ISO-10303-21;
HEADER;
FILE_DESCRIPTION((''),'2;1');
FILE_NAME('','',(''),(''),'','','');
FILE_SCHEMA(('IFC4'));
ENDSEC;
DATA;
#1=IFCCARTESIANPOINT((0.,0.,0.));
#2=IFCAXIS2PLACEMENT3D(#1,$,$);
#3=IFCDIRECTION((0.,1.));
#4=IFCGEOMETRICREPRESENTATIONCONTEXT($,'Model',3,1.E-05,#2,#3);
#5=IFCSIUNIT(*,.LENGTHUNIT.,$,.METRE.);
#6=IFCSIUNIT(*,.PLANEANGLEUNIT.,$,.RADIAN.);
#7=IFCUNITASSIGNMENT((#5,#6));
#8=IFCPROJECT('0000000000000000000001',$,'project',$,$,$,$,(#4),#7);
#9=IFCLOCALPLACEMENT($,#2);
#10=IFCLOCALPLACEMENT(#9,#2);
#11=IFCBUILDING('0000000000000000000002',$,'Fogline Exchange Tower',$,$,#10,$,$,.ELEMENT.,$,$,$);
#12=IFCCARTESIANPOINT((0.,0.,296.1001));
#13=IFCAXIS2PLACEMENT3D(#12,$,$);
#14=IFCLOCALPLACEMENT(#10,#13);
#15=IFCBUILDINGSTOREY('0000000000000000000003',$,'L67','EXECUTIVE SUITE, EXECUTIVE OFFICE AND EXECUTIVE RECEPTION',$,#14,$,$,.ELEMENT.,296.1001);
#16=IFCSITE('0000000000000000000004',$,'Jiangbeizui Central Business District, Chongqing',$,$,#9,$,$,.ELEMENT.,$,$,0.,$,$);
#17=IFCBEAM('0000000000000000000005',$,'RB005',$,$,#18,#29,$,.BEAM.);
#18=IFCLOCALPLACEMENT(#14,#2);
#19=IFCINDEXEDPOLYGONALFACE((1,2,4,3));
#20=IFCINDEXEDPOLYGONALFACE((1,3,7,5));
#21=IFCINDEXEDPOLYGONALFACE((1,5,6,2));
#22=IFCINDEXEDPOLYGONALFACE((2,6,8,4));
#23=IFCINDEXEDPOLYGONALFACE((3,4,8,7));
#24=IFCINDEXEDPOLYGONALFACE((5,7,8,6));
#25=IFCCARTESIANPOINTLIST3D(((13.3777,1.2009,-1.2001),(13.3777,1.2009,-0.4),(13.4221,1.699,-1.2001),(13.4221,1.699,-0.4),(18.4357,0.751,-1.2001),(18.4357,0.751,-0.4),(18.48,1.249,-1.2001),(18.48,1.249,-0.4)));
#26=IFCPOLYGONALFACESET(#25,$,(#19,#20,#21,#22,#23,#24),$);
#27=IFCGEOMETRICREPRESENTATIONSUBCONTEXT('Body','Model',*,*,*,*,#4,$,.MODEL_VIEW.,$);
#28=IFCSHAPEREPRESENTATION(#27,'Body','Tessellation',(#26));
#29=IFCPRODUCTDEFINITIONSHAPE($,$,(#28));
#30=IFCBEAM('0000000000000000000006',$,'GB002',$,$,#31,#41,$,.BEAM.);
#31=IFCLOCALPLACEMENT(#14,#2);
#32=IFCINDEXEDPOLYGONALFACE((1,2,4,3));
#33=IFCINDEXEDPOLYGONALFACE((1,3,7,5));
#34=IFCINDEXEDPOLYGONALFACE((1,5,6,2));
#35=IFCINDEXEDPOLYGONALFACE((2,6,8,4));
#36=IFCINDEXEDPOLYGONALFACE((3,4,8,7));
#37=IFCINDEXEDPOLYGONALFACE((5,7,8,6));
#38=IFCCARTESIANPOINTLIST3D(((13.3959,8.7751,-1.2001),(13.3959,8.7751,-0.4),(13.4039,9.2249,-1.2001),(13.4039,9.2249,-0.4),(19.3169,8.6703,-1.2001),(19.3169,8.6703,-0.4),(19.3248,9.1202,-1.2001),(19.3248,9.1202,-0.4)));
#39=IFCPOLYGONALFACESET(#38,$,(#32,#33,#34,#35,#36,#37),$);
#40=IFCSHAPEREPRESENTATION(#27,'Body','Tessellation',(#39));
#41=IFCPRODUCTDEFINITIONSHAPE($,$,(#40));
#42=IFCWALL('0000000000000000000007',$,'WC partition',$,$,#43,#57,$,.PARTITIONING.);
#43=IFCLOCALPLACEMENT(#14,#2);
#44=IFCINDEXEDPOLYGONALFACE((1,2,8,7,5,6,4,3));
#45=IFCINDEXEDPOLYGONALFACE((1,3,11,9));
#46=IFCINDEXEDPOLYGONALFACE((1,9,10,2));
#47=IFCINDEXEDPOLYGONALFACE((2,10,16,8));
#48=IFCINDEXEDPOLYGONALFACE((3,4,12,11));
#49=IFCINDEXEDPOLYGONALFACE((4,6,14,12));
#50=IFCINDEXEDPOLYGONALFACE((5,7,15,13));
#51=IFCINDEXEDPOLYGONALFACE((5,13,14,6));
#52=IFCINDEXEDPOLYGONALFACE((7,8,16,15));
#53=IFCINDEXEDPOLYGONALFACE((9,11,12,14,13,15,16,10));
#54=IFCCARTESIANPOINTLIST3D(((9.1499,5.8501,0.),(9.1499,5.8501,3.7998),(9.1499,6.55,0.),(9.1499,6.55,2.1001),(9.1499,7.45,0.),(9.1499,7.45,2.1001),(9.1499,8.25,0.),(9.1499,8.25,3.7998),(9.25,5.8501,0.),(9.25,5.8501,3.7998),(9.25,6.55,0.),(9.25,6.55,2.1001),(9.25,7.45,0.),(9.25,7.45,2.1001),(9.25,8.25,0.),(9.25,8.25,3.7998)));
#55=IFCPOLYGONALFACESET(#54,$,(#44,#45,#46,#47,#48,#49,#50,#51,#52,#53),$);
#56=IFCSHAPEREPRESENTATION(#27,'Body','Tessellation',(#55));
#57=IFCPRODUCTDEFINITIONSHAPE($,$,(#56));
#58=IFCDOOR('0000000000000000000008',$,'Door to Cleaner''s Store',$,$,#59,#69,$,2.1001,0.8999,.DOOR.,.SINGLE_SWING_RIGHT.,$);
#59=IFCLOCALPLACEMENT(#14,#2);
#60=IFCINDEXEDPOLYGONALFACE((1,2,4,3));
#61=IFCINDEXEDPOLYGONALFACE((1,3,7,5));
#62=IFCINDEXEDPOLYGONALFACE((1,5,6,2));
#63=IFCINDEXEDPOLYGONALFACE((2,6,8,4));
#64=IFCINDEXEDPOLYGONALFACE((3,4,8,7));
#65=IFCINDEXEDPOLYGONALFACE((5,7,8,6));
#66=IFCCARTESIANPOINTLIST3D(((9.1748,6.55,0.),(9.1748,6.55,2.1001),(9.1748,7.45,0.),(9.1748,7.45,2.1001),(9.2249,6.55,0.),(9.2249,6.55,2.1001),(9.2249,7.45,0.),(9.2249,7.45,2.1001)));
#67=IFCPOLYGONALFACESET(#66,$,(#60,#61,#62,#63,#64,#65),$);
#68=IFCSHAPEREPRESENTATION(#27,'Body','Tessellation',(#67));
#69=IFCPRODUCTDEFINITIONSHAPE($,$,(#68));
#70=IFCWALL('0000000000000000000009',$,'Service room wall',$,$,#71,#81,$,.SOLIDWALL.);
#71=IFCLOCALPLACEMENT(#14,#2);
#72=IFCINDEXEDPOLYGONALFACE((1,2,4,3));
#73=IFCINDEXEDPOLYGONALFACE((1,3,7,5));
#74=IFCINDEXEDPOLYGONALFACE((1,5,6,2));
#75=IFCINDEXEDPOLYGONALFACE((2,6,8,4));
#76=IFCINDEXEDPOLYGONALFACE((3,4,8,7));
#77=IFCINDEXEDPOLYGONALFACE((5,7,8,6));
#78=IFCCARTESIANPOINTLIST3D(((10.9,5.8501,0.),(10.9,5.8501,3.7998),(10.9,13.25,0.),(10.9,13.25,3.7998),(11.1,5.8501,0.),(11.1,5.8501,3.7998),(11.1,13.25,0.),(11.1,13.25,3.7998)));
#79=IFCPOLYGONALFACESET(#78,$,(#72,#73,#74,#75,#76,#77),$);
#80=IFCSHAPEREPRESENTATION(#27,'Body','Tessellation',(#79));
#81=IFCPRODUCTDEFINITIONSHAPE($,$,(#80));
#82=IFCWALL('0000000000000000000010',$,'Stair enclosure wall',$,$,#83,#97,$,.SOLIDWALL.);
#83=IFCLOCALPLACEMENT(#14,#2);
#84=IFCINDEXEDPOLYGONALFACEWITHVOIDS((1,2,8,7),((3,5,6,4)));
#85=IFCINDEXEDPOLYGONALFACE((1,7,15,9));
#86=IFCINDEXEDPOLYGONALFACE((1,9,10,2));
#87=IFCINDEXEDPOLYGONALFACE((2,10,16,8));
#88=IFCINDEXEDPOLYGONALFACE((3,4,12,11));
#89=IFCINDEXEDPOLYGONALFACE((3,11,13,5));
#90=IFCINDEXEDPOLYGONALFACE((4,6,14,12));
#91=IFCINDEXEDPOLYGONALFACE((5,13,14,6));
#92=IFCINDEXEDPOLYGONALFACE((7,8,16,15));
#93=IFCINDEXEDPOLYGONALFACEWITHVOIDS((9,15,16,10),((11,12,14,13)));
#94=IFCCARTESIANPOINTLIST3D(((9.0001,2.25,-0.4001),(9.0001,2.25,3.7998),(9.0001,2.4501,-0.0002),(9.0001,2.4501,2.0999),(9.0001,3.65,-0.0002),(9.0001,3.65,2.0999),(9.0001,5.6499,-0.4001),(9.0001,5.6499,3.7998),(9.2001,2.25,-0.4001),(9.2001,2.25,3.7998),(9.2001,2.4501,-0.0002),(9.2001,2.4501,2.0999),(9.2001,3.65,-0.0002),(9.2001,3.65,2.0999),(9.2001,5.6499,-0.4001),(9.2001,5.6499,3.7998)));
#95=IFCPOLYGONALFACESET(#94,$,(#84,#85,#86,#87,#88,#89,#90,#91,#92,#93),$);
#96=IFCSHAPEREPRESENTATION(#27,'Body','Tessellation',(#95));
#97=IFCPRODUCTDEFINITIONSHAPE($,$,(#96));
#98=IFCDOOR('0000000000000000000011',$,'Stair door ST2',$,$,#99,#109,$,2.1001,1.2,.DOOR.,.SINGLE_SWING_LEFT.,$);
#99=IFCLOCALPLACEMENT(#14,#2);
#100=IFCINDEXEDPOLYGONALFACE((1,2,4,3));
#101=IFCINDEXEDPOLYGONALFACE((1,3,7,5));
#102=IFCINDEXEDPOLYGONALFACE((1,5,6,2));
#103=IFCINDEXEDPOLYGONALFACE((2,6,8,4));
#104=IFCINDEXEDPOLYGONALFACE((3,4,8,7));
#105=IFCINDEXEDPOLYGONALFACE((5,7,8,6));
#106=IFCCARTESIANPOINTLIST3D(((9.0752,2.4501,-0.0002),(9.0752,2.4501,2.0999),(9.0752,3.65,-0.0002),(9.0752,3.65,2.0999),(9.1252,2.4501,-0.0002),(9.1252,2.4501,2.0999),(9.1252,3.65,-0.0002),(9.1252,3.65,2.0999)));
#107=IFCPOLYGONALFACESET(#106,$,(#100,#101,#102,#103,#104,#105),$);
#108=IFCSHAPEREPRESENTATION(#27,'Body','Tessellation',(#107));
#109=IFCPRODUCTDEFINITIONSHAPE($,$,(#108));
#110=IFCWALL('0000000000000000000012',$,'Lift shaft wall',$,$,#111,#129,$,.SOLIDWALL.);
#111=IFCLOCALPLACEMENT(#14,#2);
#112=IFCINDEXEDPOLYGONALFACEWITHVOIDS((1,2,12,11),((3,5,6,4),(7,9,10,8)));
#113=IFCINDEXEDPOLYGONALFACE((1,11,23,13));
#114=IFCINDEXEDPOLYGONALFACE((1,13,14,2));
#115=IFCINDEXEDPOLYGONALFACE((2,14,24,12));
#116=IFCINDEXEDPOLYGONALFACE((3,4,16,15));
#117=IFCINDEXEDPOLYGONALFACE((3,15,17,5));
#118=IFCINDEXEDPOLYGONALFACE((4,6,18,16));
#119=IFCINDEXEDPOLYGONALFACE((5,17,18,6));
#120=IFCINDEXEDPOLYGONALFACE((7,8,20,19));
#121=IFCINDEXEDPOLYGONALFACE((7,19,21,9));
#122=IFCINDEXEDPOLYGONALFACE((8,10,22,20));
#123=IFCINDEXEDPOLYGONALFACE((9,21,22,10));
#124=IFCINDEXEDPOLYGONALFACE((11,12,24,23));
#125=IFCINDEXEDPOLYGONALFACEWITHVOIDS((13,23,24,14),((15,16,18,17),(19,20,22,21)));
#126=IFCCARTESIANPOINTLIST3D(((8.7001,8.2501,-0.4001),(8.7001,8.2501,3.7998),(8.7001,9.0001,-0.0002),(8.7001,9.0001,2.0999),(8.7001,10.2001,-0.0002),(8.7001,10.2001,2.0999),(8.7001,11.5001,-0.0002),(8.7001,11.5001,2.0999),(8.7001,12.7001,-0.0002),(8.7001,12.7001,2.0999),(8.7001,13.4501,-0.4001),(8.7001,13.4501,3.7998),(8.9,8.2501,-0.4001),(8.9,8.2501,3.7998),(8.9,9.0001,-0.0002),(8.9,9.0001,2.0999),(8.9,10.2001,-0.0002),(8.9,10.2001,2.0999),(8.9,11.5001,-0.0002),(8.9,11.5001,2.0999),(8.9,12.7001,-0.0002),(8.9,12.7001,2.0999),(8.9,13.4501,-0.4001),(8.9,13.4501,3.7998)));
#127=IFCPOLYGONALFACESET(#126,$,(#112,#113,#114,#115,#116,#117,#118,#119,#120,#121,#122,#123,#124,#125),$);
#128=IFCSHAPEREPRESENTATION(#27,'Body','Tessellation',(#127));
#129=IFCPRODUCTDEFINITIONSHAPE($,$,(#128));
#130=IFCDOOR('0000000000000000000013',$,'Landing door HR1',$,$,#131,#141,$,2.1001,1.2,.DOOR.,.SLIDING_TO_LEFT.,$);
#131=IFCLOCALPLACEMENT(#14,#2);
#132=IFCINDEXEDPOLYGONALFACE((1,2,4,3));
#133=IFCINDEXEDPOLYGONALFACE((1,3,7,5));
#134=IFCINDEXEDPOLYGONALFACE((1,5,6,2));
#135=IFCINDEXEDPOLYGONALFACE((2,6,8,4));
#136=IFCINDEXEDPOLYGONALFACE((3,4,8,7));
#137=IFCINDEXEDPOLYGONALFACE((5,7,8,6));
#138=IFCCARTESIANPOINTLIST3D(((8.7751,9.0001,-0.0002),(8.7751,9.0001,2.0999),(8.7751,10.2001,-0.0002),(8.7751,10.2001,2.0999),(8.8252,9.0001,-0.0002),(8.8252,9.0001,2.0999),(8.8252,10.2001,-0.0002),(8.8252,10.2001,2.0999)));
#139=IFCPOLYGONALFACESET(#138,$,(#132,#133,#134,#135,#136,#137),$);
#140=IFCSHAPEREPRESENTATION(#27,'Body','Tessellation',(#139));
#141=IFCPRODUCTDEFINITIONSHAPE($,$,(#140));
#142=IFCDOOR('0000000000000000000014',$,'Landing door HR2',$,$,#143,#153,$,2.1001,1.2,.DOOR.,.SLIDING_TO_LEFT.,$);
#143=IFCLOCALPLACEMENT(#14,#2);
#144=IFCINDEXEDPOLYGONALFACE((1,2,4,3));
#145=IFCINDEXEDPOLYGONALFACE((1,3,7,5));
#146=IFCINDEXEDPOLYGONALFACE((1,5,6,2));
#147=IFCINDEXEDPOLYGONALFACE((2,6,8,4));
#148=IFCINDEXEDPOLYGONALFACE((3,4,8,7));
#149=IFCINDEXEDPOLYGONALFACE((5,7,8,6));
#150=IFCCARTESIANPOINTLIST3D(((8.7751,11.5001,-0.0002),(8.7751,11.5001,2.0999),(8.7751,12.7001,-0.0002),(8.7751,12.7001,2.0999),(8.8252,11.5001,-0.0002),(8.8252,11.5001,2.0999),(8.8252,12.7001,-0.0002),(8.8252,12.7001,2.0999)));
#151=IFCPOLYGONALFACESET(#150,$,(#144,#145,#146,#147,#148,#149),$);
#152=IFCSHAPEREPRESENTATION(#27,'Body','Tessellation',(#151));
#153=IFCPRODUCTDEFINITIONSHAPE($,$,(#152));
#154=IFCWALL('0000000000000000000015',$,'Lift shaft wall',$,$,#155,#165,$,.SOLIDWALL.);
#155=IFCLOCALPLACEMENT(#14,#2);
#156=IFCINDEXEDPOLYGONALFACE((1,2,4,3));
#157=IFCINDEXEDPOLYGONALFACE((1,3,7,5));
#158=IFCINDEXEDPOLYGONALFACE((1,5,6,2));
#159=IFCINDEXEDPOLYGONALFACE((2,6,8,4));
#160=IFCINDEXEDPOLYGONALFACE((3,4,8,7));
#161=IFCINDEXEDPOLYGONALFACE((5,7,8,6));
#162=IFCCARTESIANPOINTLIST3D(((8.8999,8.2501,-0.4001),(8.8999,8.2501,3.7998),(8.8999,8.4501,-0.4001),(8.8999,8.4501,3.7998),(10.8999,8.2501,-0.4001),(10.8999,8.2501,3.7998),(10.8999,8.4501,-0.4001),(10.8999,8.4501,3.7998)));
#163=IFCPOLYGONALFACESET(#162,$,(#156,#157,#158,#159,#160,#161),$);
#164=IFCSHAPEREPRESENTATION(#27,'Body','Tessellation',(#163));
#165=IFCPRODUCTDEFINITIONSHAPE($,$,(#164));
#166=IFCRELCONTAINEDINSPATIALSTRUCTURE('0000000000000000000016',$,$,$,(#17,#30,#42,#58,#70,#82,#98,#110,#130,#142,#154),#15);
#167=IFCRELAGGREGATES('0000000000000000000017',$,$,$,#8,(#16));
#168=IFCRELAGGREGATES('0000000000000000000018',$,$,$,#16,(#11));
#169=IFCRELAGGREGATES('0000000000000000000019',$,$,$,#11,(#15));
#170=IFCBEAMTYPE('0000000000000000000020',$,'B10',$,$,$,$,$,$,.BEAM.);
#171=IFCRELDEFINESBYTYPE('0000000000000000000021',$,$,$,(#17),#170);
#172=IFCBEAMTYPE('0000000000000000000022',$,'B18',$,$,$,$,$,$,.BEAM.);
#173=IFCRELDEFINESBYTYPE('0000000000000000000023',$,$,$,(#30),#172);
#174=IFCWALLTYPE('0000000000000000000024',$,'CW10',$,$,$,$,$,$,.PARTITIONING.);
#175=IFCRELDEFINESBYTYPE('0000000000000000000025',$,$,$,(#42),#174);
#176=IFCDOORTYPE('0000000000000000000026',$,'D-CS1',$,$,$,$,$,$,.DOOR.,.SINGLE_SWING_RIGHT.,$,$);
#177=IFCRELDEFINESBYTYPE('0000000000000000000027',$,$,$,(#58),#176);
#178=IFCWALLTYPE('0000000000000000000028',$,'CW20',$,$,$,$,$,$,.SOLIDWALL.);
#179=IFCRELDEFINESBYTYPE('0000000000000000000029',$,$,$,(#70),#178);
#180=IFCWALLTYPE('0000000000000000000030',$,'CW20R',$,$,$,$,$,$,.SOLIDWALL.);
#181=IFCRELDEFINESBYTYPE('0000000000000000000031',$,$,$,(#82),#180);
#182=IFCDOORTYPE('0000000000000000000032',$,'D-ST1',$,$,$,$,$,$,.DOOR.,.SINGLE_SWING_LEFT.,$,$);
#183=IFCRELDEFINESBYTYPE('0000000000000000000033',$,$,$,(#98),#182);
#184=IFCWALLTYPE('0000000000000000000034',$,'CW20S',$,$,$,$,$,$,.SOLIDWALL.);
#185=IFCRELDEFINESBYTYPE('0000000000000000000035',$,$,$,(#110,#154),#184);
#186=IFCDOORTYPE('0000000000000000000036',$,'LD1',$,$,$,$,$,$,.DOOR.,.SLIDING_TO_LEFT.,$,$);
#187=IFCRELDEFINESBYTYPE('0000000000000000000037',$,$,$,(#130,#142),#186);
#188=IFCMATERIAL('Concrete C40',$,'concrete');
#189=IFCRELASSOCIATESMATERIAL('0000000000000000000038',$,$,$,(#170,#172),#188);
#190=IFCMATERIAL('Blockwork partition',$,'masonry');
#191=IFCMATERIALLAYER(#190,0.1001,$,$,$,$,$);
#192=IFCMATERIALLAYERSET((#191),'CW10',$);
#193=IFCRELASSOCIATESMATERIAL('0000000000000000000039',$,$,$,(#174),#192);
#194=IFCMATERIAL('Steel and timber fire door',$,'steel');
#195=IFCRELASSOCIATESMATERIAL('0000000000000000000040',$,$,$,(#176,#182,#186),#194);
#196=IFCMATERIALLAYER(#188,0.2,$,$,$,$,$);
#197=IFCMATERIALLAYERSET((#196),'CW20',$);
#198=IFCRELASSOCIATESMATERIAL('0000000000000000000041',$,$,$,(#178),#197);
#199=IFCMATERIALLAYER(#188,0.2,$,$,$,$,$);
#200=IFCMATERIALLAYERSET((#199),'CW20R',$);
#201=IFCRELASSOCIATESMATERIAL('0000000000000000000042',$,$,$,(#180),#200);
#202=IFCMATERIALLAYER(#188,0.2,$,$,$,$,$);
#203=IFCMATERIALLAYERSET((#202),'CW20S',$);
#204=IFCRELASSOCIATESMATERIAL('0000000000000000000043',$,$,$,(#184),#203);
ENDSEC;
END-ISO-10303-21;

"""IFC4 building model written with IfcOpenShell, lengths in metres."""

from ifc_helpers import new_model, si_unit, direction, frame, frame_2d, origin, origin_2d, place, context, subcontext, project, spatial, rectangle, extrude, material, layer, layer_set, material_profile, profile_set, type_object, element, fill, save


model = new_model("IFC4")

# Units and contexts
model_context = context("Model", 3, precision=1e-05, world=origin(), true_north=direction((0.0, 1.0)))
body_context = subcontext(model_context, "Body", "Model", "MODEL_VIEW")
ifc_project = project(units=[si_unit("LENGTHUNIT", "METRE"), si_unit("PLANEANGLEUNIT", "RADIAN")], contexts=[model_context])

# Site, building, storey
site_placement = place(None, origin())
site = spatial("IfcSite", under=ifc_project, at=site_placement, Name="Jiangbeizui Central Business District, Chongqing", CompositionType="ELEMENT", RefElevation=0.0)
building_placement = place(site_placement, origin())
building = spatial("IfcBuilding", under=site, at=building_placement, Name="Fogline Exchange Tower", CompositionType="ELEMENT")
storey_placement = place(building_placement, frame((0.0, 0.0, 296.1001)))
storey = spatial("IfcBuildingStorey", under=building, at=storey_placement, Name="L67", Description="EXECUTIVE SUITE, EXECUTIVE OFFICE AND EXECUTIVE RECEPTION", CompositionType="ELEMENT", Elevation=296.1001)

# Beams
ifc_material_1 = material(Name="Concrete C40", Category="concrete")
ifc_material_profile_1 = material_profile(ifc_material_1, rectangle(XDim=0.5, YDim=0.8, at=origin_2d()), Name="RC 500x800")
ifc_profile_set_1 = profile_set([ifc_material_profile_1], Name="Concrete C40")
beam_type_1 = type_object("IfcBeamType", Name="B10", PredefinedType="BEAM", material=ifc_profile_set_1)
beam_1_placement = place(storey_placement, frame((13.3999, 1.45, -0.8), z_axis=(0.996066, -0.088611, 0.0), x_axis=(0.088611, 0.996066, 0.0)))
element("IfcBeam", 1, at=beam_1_placement, inside=storey, type_object=beam_type_1, Name="RB005", PredefinedType="BEAM", context=body_context, shape_type="SweptSolid", body=[
    extrude(rectangle(XDim=0.5, YDim=0.8, at=origin_2d()), origin(), (0.0, 0.0, 1.0), 5.0779),
])
ifc_material_profile_2 = material_profile(ifc_material_1, rectangle(XDim=0.45, YDim=0.8, at=origin_2d()), Name="RC 450x800")
ifc_profile_set_2 = profile_set([ifc_material_profile_2], Name="Concrete C40")
beam_type_2 = type_object("IfcBeamType", Name="B18", PredefinedType="BEAM", material=ifc_profile_set_2)
beam_2_placement = place(storey_placement, frame((13.3999, 9.0, -0.8), z_axis=(0.999844, -0.017686, 0.0), x_axis=(0.017686, 0.999844, 0.0)))
element("IfcBeam", 2, at=beam_2_placement, inside=storey, type_object=beam_type_2, Name="GB002", PredefinedType="BEAM", context=body_context, shape_type="SweptSolid", body=[
    extrude(rectangle(XDim=0.45, YDim=0.8, at=origin_2d()), origin(), (0.0, 0.0, 1.0), 5.9219),
])

# Wall, opening, door
ifc_material_2 = material(Name="Blockwork partition", Category="masonry")
ifc_layer_1 = layer(ifc_material_2, 0.1001)
ifc_layer_set_1 = layer_set([ifc_layer_1], Name="CW10")
wall_type_1 = type_object("IfcWallType", Name="CW10", PredefinedType="PARTITIONING", material=ifc_layer_set_1)
wall_1_placement = place(storey_placement, frame((9.2, 5.8501, 0.0), z_axis=(0.0, 0.0, 1.0), x_axis=(0.0, 1.0, 0.0)))
wall_1 = element("IfcWall", 3, at=wall_1_placement, inside=storey, type_object=wall_type_1, Name="WC partition", PredefinedType="PARTITIONING", context=body_context, shape_type="SweptSolid", body=[
    extrude(rectangle(XDim=2.3999, YDim=0.1001, at=frame_2d((1.2, 0.0))), origin(), (0.0, 0.0, 1.0), 3.7998),
])
opening_1_placement = place(wall_1_placement, frame((0.7, 0.0, 0.0)))
opening_1 = element("IfcOpeningElement", 4, at=opening_1_placement, cuts=wall_1, PredefinedType="OPENING", context=body_context, shape_type="SweptSolid", body=[
    extrude(rectangle(XDim=0.8999, YDim=2.1001, at=frame_2d((0.45, 1.05))), frame((0.0, 0.0601, 0.0), z_axis=(0.0, -1.0, 0.0), x_axis=(1.0, 0.0, 0.0)), (0.0, 0.0, 1.0), 0.1201),
])
ifc_material_3 = material(Name="Steel and timber fire door", Category="steel")
door_type_1 = type_object("IfcDoorType", Name="D-CS1", OperationType="SINGLE_SWING_RIGHT", PredefinedType="DOOR", material=ifc_material_3)
door_1_placement = place(opening_1_placement, frame((0.8999, 0.0, 0.0), z_axis=(0.0, 0.0, 1.0), x_axis=(-1.0, 0.0, 0.0)))
door_1 = element("IfcDoor", 5, at=door_1_placement, inside=storey, type_object=door_type_1, Name="Door to Cleaner's Store", OperationType="SINGLE_SWING_RIGHT", OverallHeight=2.1001, OverallWidth=0.8999, PredefinedType="DOOR", context=body_context, shape_type="SweptSolid", body=[
    extrude(rectangle(XDim=0.8999, YDim=2.1001, at=frame_2d((0.45, 1.05))), frame((0.0, 0.0249, 0.0), z_axis=(0.0, -1.0, 0.0), x_axis=(1.0, 0.0, 0.0)), (0.0, 0.0, 1.0), 0.05),
])
fill(opening_1, door_1)

# Wall
ifc_layer_2 = layer(ifc_material_1, 0.2)
ifc_layer_set_2 = layer_set([ifc_layer_2], Name="CW20")
wall_type_2 = type_object("IfcWallType", Name="CW20", PredefinedType="SOLIDWALL", material=ifc_layer_set_2)
wall_2_placement = place(storey_placement, frame((11.0, 5.8501, 0.0), z_axis=(0.0, 0.0, 1.0), x_axis=(0.0, 1.0, 0.0)))
element("IfcWall", 6, at=wall_2_placement, inside=storey, type_object=wall_type_2, Name="Service room wall", PredefinedType="SOLIDWALL", context=body_context, shape_type="SweptSolid", body=[
    extrude(rectangle(XDim=7.3999, YDim=0.2, at=frame_2d((3.7, 0.0))), origin(), (0.0, 0.0, 1.0), 3.7998),
])

# Wall, opening, door
ifc_layer_3 = layer(ifc_material_1, 0.2)
ifc_layer_set_3 = layer_set([ifc_layer_3], Name="CW20R")
wall_type_3 = type_object("IfcWallType", Name="CW20R", PredefinedType="SOLIDWALL", material=ifc_layer_set_3)
wall_3_placement = place(storey_placement, frame((9.1001, 2.25, -0.4001), z_axis=(0.0, 0.0, 1.0), x_axis=(0.0, 1.0, 0.0)))
wall_3 = element("IfcWall", 7, at=wall_3_placement, inside=storey, type_object=wall_type_3, Name="Stair enclosure wall", PredefinedType="SOLIDWALL", context=body_context, shape_type="SweptSolid", body=[
    extrude(rectangle(XDim=3.3999, YDim=0.2, at=frame_2d((1.7, 0.0))), origin(), (0.0, 0.0, 1.0), 4.2),
])
opening_2_placement = place(wall_3_placement, frame((0.2, 0.0, 0.3999)))
opening_2 = element("IfcOpeningElement", 8, at=opening_2_placement, cuts=wall_3, PredefinedType="OPENING", context=body_context, shape_type="SweptSolid", body=[
    extrude(rectangle(XDim=1.2, YDim=2.1001, at=frame_2d((0.6001, 1.05))), frame((0.0, 0.1099, 0.0), z_axis=(0.0, -1.0, 0.0), x_axis=(1.0, 0.0, 0.0)), (0.0, 0.0, 1.0), 0.22),
])
door_type_2 = type_object("IfcDoorType", Name="D-ST1", OperationType="SINGLE_SWING_LEFT", PredefinedType="DOOR", material=ifc_material_3)
door_2_placement = place(opening_2_placement, origin())
door_2 = element("IfcDoor", 9, at=door_2_placement, inside=storey, type_object=door_type_2, Name="Stair door ST2", OperationType="SINGLE_SWING_LEFT", OverallHeight=2.1001, OverallWidth=1.2, PredefinedType="DOOR", context=body_context, shape_type="SweptSolid", body=[
    extrude(rectangle(XDim=1.2, YDim=2.1001, at=frame_2d((0.6001, 1.05))), frame((0.0, 0.0249, 0.0), z_axis=(0.0, -1.0, 0.0), x_axis=(1.0, 0.0, 0.0)), (0.0, 0.0, 1.0), 0.05),
])
fill(opening_2, door_2)

# Wall, openings, doors
ifc_layer_4 = layer(ifc_material_1, 0.2)
ifc_layer_set_4 = layer_set([ifc_layer_4], Name="CW20S")
wall_type_4 = type_object("IfcWallType", Name="CW20S", PredefinedType="SOLIDWALL", material=ifc_layer_set_4)
wall_4_placement = place(storey_placement, frame((8.8, 8.25, -0.4001), z_axis=(0.0, 0.0, 1.0), x_axis=(0.0, 1.0, 0.0)))
wall_4 = element("IfcWall", 10, at=wall_4_placement, inside=storey, type_object=wall_type_4, Name="Lift shaft wall", PredefinedType="SOLIDWALL", context=body_context, shape_type="SweptSolid", body=[
    extrude(rectangle(XDim=5.2, YDim=0.2, at=frame_2d((2.6001, 0.0))), origin(), (0.0, 0.0, 1.0), 4.2),
])
opening_3_placement = place(wall_4_placement, frame((0.75, 0.0, 0.3999)))
opening_3 = element("IfcOpeningElement", 11, at=opening_3_placement, cuts=wall_4, PredefinedType="OPENING", context=body_context, shape_type="SweptSolid", body=[
    extrude(rectangle(XDim=1.2, YDim=2.1001, at=frame_2d((0.6001, 1.05))), frame((0.0, 0.1099, 0.0), z_axis=(0.0, -1.0, 0.0), x_axis=(1.0, 0.0, 0.0)), (0.0, 0.0, 1.0), 0.22),
])
opening_4_placement = place(wall_4_placement, frame((3.25, 0.0, 0.3999)))
opening_4 = element("IfcOpeningElement", 12, at=opening_4_placement, cuts=wall_4, PredefinedType="OPENING", context=body_context, shape_type="SweptSolid", body=[
    extrude(rectangle(XDim=1.2, YDim=2.1001, at=frame_2d((0.6001, 1.05))), frame((0.0, 0.1099, 0.0), z_axis=(0.0, -1.0, 0.0), x_axis=(1.0, 0.0, 0.0)), (0.0, 0.0, 1.0), 0.22),
])
door_type_3 = type_object("IfcDoorType", Name="LD1", OperationType="SLIDING_TO_LEFT", PredefinedType="DOOR", material=ifc_material_3)
door_3_placement = place(opening_3_placement, origin())
door_3 = element("IfcDoor", 13, at=door_3_placement, inside=storey, type_object=door_type_3, Name="Landing door HR1", OperationType="SLIDING_TO_LEFT", OverallHeight=2.1001, OverallWidth=1.2, PredefinedType="DOOR", context=body_context, shape_type="SweptSolid", body=[
    extrude(rectangle(XDim=1.2, YDim=2.1001, at=frame_2d((0.6001, 1.05))), frame((0.0, 0.0249, 0.0), z_axis=(0.0, -1.0, 0.0), x_axis=(1.0, 0.0, 0.0)), (0.0, 0.0, 1.0), 0.05),
])
fill(opening_3, door_3)
door_4_placement = place(opening_4_placement, origin())
door_4 = element("IfcDoor", 14, at=door_4_placement, inside=storey, type_object=door_type_3, Name="Landing door HR2", OperationType="SLIDING_TO_LEFT", OverallHeight=2.1001, OverallWidth=1.2, PredefinedType="DOOR", context=body_context, shape_type="SweptSolid", body=[
    extrude(rectangle(XDim=1.2, YDim=2.1001, at=frame_2d((0.6001, 1.05))), frame((0.0, 0.0249, 0.0), z_axis=(0.0, -1.0, 0.0), x_axis=(1.0, 0.0, 0.0)), (0.0, 0.0, 1.0), 0.05),
])
fill(opening_4, door_4)

# Wall
for number, where, z_axis, x_axis, name in (
    (15, (8.8999, 8.3501, -0.4001), (0.0, 0.0, 1.0), (1.0, 0.0, 0.0), "Lift shaft wall"),
):
    element("IfcWall", number, at=place(storey_placement, frame(where, z_axis=z_axis, x_axis=x_axis)), inside=storey, type_object=wall_type_4, Name=name, PredefinedType="SOLIDWALL", context=body_context, shape_type="SweptSolid", body=[
        extrude(rectangle(XDim=2.0, YDim=0.2, at=frame_2d((1.0, 0.0))), origin(), (0.0, 0.0, 1.0), 4.2),
    ])

save(model, "model.ifc")
